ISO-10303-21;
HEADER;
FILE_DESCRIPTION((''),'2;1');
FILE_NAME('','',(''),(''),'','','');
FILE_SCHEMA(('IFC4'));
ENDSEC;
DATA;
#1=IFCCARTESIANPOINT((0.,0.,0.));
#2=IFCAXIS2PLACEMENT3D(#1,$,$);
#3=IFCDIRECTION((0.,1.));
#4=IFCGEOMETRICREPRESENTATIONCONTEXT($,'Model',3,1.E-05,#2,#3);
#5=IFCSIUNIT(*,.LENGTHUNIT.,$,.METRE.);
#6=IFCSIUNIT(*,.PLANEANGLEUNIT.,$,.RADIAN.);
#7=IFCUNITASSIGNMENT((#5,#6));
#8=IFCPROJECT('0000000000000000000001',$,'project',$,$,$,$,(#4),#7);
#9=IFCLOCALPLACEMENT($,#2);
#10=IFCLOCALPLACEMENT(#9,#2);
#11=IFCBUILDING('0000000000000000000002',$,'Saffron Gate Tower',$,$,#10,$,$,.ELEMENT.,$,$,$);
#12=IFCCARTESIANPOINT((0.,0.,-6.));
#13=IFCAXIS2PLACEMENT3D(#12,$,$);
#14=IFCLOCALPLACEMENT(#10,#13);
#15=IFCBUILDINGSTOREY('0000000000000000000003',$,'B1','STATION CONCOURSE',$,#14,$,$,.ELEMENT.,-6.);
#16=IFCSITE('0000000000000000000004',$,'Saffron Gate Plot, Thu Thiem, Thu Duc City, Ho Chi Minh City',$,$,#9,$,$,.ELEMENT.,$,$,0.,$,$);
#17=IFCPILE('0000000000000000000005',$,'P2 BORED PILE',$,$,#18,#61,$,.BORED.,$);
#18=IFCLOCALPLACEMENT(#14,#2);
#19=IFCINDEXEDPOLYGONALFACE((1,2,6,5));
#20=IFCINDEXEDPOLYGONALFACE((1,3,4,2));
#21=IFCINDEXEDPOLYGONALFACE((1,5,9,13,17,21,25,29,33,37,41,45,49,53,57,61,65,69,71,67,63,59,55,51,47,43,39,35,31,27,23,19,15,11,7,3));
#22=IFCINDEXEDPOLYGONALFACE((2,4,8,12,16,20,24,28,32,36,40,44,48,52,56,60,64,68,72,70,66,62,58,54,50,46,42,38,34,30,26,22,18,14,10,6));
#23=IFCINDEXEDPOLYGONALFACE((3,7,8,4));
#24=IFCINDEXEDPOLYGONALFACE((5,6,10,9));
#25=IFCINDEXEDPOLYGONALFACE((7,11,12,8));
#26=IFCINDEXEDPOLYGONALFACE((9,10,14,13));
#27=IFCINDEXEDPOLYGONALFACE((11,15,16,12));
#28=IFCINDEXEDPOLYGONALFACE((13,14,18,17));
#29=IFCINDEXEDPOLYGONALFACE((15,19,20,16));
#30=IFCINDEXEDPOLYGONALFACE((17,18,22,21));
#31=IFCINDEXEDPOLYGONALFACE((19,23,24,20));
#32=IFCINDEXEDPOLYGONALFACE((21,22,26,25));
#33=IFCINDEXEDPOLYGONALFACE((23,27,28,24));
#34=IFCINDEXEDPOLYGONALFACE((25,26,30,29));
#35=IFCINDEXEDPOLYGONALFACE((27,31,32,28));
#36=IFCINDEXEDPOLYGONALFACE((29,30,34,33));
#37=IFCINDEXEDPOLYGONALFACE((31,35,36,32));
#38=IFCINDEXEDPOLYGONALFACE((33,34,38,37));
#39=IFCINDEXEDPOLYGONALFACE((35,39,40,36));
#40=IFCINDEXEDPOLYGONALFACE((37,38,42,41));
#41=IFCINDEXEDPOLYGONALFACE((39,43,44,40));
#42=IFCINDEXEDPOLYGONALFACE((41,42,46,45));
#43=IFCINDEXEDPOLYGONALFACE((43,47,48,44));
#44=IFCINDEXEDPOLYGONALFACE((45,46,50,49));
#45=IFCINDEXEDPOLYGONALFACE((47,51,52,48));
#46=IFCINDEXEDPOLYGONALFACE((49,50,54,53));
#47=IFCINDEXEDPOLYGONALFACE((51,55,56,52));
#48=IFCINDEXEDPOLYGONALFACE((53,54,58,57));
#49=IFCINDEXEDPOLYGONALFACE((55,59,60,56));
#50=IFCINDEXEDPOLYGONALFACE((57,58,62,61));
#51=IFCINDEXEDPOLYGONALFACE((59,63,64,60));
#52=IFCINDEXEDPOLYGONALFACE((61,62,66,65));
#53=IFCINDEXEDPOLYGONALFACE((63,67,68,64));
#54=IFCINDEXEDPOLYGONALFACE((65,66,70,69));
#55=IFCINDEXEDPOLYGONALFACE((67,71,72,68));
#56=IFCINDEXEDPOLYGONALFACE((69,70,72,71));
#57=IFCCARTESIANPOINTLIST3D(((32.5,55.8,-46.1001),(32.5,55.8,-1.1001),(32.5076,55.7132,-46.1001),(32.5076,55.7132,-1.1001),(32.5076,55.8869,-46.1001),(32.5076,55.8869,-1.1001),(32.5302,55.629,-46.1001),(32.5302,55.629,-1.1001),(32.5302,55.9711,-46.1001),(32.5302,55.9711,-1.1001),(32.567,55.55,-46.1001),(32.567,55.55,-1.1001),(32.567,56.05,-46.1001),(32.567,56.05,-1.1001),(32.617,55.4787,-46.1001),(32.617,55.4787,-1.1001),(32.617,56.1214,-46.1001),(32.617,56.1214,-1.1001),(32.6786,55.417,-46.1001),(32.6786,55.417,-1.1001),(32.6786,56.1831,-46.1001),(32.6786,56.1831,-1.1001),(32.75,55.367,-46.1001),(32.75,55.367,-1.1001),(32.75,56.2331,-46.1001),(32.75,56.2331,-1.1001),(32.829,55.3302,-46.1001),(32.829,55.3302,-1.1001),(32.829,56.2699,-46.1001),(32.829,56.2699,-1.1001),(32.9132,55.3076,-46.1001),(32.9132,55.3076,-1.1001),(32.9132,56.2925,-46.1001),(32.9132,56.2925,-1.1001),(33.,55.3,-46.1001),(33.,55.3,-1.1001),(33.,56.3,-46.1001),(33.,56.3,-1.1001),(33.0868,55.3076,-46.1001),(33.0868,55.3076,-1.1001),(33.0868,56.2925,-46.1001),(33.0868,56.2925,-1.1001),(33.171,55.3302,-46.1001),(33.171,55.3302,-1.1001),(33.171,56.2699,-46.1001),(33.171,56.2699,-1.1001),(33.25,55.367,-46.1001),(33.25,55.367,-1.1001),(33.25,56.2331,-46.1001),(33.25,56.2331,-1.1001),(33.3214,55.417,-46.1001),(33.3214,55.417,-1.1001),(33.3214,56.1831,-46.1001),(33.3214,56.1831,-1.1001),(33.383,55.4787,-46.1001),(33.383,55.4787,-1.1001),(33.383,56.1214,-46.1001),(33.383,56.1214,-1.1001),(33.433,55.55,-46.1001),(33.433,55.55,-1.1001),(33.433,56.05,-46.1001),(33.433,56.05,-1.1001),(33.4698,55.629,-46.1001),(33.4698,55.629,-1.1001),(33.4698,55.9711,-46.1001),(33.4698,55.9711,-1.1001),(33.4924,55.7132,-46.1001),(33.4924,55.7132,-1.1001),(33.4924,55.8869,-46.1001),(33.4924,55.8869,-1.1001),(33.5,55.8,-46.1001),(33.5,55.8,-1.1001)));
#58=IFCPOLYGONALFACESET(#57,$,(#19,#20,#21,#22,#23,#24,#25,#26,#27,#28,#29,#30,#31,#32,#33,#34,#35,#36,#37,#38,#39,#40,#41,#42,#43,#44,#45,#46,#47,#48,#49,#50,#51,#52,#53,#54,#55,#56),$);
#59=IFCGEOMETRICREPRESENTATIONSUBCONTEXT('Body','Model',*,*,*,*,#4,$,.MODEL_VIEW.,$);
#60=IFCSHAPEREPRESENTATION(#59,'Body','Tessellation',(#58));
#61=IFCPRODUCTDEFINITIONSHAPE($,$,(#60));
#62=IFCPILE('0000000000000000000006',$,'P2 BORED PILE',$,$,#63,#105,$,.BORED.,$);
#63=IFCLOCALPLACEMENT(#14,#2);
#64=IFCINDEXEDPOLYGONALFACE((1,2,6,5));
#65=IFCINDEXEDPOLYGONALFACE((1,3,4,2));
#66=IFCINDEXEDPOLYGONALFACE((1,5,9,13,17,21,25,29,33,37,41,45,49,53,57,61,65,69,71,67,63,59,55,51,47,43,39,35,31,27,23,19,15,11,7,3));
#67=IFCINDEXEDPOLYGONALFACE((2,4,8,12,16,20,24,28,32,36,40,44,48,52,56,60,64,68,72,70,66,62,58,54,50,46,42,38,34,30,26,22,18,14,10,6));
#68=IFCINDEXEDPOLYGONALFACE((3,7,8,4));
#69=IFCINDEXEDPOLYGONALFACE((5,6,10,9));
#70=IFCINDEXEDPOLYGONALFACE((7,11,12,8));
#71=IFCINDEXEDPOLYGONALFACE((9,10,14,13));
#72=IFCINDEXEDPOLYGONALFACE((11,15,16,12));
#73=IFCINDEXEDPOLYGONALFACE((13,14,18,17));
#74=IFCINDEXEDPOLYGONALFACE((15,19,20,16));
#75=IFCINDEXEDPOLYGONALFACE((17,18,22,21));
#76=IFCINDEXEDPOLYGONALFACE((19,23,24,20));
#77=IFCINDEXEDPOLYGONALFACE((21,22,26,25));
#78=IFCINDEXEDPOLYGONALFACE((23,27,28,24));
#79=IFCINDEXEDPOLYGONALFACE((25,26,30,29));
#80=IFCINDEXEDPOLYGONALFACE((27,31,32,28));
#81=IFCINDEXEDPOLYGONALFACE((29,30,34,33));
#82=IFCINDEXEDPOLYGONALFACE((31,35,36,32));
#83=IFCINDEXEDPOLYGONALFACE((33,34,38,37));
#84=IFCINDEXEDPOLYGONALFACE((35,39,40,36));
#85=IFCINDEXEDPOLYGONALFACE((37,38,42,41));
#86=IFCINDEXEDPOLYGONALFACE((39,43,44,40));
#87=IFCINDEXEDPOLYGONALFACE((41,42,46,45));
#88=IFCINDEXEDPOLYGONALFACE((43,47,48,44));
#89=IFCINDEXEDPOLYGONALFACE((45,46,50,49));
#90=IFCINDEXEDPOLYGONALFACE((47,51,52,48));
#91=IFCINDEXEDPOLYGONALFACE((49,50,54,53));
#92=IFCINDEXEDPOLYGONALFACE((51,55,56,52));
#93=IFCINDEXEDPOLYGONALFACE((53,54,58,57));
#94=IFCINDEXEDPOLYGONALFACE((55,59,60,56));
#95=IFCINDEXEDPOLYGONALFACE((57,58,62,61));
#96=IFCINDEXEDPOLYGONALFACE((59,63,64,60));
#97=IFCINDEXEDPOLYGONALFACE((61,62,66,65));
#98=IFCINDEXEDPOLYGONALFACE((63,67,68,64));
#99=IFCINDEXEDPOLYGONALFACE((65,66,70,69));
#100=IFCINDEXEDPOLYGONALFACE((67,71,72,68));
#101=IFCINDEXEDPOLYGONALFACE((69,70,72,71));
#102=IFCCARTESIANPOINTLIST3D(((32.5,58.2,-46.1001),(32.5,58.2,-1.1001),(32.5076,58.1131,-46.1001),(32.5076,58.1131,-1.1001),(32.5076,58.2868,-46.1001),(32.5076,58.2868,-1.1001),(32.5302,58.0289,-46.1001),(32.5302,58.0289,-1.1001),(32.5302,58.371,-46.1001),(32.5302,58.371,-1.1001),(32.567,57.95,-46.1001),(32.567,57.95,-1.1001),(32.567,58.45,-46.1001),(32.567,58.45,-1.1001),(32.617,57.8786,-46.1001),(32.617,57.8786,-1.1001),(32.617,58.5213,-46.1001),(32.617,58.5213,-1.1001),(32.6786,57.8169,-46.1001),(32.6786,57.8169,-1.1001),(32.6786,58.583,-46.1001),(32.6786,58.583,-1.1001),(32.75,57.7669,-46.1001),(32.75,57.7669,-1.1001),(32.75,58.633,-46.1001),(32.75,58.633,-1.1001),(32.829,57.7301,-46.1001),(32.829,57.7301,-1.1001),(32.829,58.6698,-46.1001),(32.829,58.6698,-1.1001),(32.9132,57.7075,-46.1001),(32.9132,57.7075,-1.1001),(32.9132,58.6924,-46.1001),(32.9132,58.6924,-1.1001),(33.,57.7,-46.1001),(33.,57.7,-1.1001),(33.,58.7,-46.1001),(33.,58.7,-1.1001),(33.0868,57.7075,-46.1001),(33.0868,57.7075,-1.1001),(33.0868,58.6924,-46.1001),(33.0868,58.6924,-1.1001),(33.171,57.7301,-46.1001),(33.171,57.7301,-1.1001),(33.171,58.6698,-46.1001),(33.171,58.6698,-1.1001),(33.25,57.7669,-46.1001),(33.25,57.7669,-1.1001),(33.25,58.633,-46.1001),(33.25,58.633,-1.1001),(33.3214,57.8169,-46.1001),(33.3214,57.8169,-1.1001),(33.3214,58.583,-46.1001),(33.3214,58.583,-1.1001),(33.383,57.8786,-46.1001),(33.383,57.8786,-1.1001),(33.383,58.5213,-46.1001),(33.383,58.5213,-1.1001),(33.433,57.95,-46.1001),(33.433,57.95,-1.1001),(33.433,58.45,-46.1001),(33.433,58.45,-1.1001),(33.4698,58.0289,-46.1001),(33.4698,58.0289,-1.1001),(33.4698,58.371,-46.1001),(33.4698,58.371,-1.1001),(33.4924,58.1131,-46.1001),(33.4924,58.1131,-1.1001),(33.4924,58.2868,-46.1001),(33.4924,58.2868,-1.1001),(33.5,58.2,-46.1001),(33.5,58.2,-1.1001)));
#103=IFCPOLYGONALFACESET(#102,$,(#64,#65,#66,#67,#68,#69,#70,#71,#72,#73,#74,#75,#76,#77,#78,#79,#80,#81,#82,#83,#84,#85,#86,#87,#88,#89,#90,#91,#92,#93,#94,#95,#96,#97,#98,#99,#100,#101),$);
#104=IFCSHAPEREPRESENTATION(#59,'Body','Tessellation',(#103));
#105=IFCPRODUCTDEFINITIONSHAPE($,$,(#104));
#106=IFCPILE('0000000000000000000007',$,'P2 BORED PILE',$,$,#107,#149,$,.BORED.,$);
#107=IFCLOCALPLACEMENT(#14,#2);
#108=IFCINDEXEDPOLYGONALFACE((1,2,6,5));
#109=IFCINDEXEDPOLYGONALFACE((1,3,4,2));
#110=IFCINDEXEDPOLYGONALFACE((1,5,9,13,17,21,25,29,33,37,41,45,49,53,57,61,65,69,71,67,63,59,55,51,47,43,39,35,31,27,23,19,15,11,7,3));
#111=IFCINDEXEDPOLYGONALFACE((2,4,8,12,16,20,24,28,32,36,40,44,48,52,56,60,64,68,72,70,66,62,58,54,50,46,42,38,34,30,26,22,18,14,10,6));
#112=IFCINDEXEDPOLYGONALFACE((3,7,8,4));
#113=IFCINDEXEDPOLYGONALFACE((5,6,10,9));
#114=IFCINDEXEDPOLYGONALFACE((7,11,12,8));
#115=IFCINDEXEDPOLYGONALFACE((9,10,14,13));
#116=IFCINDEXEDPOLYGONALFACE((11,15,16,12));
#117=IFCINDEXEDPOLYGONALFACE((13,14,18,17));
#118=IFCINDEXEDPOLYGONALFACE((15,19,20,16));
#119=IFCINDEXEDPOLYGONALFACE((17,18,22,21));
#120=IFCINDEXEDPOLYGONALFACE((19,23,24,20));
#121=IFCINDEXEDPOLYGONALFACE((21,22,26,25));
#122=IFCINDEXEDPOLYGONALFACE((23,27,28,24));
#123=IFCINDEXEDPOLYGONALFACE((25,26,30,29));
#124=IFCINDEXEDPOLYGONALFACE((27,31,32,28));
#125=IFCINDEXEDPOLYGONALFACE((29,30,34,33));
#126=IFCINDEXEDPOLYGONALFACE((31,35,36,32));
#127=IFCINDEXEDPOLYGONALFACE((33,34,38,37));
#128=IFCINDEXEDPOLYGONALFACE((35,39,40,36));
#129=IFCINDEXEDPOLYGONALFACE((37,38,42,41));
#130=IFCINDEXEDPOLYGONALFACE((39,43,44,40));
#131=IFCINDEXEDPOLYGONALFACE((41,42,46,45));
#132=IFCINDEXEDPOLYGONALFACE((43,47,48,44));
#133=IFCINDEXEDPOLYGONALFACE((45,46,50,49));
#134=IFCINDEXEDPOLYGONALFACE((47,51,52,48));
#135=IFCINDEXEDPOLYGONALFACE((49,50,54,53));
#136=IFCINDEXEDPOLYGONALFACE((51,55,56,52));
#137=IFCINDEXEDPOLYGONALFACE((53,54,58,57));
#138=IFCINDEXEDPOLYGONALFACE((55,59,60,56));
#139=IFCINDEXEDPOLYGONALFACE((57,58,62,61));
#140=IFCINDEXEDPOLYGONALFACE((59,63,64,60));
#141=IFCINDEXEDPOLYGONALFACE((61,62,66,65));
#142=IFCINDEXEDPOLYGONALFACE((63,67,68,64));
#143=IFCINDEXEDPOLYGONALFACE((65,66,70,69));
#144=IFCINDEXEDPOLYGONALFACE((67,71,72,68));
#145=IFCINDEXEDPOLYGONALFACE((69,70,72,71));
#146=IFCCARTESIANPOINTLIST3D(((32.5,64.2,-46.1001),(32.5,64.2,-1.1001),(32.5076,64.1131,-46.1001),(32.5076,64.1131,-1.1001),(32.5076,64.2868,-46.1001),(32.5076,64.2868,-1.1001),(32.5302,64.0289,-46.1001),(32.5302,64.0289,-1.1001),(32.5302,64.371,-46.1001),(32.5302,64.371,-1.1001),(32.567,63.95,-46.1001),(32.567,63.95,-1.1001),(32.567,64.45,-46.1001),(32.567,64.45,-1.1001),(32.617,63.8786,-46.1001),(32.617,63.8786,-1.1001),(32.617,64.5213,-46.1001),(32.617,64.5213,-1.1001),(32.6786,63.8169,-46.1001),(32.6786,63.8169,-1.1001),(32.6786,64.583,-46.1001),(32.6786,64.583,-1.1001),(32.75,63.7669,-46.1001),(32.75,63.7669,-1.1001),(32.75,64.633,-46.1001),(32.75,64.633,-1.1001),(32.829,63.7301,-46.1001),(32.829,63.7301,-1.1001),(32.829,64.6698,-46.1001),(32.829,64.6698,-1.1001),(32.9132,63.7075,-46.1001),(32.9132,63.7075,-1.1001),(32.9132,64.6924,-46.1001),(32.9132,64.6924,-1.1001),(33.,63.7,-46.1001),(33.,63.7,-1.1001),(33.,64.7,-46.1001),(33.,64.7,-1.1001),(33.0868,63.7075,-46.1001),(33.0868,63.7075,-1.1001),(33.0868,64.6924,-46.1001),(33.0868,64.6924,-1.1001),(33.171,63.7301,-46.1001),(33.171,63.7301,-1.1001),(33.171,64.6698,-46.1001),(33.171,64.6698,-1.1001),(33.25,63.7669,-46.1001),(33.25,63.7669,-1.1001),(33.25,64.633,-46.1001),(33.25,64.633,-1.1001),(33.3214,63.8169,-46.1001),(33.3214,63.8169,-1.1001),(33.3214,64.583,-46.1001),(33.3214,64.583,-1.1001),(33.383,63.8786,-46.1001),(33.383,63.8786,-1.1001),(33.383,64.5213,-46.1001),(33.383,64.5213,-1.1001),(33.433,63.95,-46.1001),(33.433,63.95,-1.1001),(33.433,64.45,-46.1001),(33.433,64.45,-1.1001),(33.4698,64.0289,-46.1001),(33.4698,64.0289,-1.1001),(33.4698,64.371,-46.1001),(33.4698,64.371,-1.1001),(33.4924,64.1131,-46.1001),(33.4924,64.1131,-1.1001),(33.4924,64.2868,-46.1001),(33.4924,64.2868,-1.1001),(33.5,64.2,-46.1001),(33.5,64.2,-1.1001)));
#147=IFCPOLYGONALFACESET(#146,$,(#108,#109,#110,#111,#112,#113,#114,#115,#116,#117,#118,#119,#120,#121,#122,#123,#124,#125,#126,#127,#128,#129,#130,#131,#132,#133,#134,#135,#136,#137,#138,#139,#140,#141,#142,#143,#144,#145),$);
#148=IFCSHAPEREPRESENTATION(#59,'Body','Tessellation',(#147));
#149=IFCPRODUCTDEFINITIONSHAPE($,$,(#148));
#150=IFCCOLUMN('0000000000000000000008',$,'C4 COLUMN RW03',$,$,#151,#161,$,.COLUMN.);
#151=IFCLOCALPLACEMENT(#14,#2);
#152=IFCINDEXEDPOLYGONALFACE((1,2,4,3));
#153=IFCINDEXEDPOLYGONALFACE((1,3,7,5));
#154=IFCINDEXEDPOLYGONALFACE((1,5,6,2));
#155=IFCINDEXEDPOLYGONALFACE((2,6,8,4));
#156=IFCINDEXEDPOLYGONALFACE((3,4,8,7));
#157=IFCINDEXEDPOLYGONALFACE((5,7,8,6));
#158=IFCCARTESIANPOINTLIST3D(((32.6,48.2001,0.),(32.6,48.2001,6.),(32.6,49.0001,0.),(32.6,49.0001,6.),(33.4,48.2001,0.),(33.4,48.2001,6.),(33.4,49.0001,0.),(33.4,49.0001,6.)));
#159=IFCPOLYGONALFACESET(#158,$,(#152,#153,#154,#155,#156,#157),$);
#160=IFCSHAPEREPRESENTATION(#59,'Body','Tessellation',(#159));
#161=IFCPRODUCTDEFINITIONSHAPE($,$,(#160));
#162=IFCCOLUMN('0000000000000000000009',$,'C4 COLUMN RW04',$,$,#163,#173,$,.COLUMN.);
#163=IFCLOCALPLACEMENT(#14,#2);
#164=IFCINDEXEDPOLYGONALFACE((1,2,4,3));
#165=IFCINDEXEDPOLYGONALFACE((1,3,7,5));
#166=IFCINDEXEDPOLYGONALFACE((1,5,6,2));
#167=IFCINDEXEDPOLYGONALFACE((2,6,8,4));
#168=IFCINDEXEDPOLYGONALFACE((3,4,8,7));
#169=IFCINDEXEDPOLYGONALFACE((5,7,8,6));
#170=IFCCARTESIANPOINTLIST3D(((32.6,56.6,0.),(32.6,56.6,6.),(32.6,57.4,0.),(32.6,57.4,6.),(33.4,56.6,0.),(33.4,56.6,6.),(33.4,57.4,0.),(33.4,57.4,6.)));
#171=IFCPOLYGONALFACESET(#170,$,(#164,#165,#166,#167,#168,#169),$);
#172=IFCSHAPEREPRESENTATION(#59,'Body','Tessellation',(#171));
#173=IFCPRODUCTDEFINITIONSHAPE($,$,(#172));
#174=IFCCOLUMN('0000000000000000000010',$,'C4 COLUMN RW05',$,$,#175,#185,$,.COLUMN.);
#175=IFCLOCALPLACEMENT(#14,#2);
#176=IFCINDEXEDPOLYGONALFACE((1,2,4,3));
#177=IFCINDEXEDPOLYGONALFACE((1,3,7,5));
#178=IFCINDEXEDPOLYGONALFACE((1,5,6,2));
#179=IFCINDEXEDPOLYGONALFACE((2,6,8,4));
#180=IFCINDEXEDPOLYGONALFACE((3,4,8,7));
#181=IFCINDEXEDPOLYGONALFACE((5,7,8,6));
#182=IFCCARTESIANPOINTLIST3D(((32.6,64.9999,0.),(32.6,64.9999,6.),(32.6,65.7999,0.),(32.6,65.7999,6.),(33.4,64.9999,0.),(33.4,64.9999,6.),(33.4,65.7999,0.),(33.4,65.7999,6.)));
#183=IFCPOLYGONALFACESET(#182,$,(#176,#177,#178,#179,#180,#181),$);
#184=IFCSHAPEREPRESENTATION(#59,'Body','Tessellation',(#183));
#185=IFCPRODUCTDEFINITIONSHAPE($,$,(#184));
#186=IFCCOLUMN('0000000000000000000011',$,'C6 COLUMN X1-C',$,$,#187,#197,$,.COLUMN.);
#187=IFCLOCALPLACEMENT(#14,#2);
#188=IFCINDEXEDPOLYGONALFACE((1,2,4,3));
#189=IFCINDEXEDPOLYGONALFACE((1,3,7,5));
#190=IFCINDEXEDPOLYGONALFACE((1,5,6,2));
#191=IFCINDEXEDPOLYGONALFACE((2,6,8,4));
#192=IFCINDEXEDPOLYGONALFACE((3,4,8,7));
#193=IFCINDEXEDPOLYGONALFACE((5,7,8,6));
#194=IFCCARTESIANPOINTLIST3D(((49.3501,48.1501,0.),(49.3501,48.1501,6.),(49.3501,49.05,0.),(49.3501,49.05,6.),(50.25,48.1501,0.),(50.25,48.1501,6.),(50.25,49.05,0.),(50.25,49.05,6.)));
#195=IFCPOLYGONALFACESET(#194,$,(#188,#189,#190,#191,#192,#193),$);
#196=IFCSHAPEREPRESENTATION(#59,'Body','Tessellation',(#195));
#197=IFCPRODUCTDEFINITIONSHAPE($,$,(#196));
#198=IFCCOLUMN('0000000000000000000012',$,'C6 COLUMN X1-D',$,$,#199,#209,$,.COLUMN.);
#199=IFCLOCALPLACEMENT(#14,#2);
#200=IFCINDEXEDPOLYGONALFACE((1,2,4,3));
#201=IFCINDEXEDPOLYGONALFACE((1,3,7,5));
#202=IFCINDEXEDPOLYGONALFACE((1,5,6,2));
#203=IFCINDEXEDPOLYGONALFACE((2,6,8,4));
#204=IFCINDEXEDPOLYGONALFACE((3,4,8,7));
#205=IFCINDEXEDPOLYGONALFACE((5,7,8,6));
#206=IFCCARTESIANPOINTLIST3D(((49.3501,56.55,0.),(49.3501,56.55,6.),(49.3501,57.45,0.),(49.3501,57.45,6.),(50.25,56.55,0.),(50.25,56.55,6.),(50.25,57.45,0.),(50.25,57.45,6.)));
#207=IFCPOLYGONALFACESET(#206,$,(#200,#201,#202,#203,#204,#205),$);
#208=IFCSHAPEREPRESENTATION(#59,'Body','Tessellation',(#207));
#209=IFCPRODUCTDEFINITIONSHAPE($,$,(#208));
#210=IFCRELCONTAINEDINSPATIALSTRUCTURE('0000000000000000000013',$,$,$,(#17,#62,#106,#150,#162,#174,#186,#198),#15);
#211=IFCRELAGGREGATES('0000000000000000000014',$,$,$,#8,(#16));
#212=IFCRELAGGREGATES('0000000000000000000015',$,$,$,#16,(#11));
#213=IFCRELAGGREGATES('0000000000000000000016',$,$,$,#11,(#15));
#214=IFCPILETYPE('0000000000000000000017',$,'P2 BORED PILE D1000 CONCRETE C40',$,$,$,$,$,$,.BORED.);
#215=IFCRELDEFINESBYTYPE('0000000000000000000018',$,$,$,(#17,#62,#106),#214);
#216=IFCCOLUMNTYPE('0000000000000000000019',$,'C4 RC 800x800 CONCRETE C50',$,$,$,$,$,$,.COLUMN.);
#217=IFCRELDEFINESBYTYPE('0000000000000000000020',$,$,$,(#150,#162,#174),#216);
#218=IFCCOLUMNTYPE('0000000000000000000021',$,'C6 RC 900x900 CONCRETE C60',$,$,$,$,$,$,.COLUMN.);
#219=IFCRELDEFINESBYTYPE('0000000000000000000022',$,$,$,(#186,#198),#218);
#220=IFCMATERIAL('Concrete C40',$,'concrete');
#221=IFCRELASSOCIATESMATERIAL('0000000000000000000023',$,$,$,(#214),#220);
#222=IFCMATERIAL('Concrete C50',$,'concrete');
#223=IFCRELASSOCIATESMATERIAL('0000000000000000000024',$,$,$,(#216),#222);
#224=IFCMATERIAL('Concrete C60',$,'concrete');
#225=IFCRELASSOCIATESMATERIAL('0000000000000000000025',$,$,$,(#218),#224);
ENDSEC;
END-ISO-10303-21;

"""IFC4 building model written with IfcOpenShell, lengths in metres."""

from ifc_helpers import new_model, si_unit, direction, frame, origin, origin_2d, place, context, subcontext, project, spatial, rectangle, circle, extrude, material, material_profile, profile_set, type_object, element, save


model = new_model("IFC4")

# Units and contexts
model_context = context("Model", 3, precision=1e-05, world=origin(), true_north=direction((0.0, 1.0)))
body_context = subcontext(model_context, "Body", "Model", "MODEL_VIEW")
ifc_project = project(units=[si_unit("LENGTHUNIT", "METRE"), si_unit("PLANEANGLEUNIT", "RADIAN")], contexts=[model_context])

# Site, building, storey
site_placement = place(None, origin())
site = spatial("IfcSite", under=ifc_project, at=site_placement, Name="Saffron Gate Plot, Thu Thiem, Thu Duc City, Ho Chi Minh City", CompositionType="ELEMENT", RefElevation=0.0)
building_placement = place(site_placement, origin())
building = spatial("IfcBuilding", under=site, at=building_placement, Name="Saffron Gate Tower", CompositionType="ELEMENT")
storey_placement = place(building_placement, frame((0.0, 0.0, -6.0)))
storey = spatial("IfcBuildingStorey", under=building, at=storey_placement, Name="B1", Description="STATION CONCOURSE", CompositionType="ELEMENT", Elevation=-6.0)

# Piles
ifc_material_1 = material(Name="Concrete C40", Category="concrete")
ifc_material_profile_1 = material_profile(ifc_material_1, circle(Radius=0.5, at=origin_2d()))
ifc_profile_set_1 = profile_set([ifc_material_profile_1], Name="Concrete C40")
pile_type_1 = type_object("IfcPileType", Name="P2 BORED PILE D1000 CONCRETE C40", PredefinedType="BORED", material=ifc_profile_set_1)
for number, where, z_axis, x_axis, name in (
    (1, (33.0, 55.8, -1.1001), (0.0, 0.0, -1.0), (1.0, 0.0, 0.0), "P2 BORED PILE"),
    (2, (33.0, 58.2, -1.1001), (0.0, 0.0, -1.0), (1.0, 0.0, 0.0), "P2 BORED PILE"),
    (3, (33.0, 64.2, -1.1001), (0.0, 0.0, -1.0), (1.0, 0.0, 0.0), "P2 BORED PILE"),
):
    element("IfcPile", number, at=place(storey_placement, frame(where, z_axis=z_axis, x_axis=x_axis)), inside=storey, type_object=pile_type_1, Name=name, PredefinedType="BORED", context=body_context, shape_type="SweptSolid", body=[
        extrude(circle(Radius=0.5, at=origin_2d()), origin(), (0.0, 0.0, 1.0), 45.0),
    ])

# Columns
ifc_material_2 = material(Name="Concrete C50", Category="concrete")
ifc_material_profile_2 = material_profile(ifc_material_2, rectangle(XDim=0.8, YDim=0.8, at=origin_2d()))
ifc_profile_set_2 = profile_set([ifc_material_profile_2], Name="Concrete C50")
column_type_1 = type_object("IfcColumnType", Name="C4 RC 800x800 CONCRETE C50", PredefinedType="COLUMN", material=ifc_profile_set_2)
for number, where, z_axis, x_axis, name in (
    (4, (33.0, 48.6001, 0.0), (0.0, 0.0, 1.0), (1.0, 0.0, 0.0), "C4 COLUMN RW03"),
    (5, (33.0, 57.0, 0.0), (0.0, 0.0, 1.0), (1.0, 0.0, 0.0), "C4 COLUMN RW04"),
    (6, (33.0, 65.3999, 0.0), (0.0, 0.0, 1.0), (1.0, 0.0, 0.0), "C4 COLUMN RW05"),
):
    element("IfcColumn", number, at=place(storey_placement, frame(where, z_axis=z_axis, x_axis=x_axis)), inside=storey, type_object=column_type_1, Name=name, PredefinedType="COLUMN", context=body_context, shape_type="SweptSolid", body=[
        extrude(rectangle(XDim=0.8, YDim=0.8, at=origin_2d()), origin(), (0.0, 0.0, 1.0), 6.0),
    ])
ifc_material_3 = material(Name="Concrete C60", Category="concrete")
ifc_material_profile_3 = material_profile(ifc_material_3, rectangle(XDim=0.8999, YDim=0.8999, at=origin_2d()))
ifc_profile_set_3 = profile_set([ifc_material_profile_3], Name="Concrete C60")
column_type_2 = type_object("IfcColumnType", Name="C6 RC 900x900 CONCRETE C60", PredefinedType="COLUMN", material=ifc_profile_set_3)
for number, where, z_axis, x_axis, name in (
    (7, (49.8, 48.6001, 0.0), (0.0, 0.0, 1.0), (1.0, 0.0, 0.0), "C6 COLUMN X1-C"),
    (8, (49.8, 57.0, 0.0), (0.0, 0.0, 1.0), (1.0, 0.0, 0.0), "C6 COLUMN X1-D"),
):
    element("IfcColumn", number, at=place(storey_placement, frame(where, z_axis=z_axis, x_axis=x_axis)), inside=storey, type_object=column_type_2, Name=name, PredefinedType="COLUMN", context=body_context, shape_type="SweptSolid", body=[
        extrude(rectangle(XDim=0.8999, YDim=0.8999, at=origin_2d()), origin(), (0.0, 0.0, 1.0), 6.0),
    ])

save(model, "model.ifc")
